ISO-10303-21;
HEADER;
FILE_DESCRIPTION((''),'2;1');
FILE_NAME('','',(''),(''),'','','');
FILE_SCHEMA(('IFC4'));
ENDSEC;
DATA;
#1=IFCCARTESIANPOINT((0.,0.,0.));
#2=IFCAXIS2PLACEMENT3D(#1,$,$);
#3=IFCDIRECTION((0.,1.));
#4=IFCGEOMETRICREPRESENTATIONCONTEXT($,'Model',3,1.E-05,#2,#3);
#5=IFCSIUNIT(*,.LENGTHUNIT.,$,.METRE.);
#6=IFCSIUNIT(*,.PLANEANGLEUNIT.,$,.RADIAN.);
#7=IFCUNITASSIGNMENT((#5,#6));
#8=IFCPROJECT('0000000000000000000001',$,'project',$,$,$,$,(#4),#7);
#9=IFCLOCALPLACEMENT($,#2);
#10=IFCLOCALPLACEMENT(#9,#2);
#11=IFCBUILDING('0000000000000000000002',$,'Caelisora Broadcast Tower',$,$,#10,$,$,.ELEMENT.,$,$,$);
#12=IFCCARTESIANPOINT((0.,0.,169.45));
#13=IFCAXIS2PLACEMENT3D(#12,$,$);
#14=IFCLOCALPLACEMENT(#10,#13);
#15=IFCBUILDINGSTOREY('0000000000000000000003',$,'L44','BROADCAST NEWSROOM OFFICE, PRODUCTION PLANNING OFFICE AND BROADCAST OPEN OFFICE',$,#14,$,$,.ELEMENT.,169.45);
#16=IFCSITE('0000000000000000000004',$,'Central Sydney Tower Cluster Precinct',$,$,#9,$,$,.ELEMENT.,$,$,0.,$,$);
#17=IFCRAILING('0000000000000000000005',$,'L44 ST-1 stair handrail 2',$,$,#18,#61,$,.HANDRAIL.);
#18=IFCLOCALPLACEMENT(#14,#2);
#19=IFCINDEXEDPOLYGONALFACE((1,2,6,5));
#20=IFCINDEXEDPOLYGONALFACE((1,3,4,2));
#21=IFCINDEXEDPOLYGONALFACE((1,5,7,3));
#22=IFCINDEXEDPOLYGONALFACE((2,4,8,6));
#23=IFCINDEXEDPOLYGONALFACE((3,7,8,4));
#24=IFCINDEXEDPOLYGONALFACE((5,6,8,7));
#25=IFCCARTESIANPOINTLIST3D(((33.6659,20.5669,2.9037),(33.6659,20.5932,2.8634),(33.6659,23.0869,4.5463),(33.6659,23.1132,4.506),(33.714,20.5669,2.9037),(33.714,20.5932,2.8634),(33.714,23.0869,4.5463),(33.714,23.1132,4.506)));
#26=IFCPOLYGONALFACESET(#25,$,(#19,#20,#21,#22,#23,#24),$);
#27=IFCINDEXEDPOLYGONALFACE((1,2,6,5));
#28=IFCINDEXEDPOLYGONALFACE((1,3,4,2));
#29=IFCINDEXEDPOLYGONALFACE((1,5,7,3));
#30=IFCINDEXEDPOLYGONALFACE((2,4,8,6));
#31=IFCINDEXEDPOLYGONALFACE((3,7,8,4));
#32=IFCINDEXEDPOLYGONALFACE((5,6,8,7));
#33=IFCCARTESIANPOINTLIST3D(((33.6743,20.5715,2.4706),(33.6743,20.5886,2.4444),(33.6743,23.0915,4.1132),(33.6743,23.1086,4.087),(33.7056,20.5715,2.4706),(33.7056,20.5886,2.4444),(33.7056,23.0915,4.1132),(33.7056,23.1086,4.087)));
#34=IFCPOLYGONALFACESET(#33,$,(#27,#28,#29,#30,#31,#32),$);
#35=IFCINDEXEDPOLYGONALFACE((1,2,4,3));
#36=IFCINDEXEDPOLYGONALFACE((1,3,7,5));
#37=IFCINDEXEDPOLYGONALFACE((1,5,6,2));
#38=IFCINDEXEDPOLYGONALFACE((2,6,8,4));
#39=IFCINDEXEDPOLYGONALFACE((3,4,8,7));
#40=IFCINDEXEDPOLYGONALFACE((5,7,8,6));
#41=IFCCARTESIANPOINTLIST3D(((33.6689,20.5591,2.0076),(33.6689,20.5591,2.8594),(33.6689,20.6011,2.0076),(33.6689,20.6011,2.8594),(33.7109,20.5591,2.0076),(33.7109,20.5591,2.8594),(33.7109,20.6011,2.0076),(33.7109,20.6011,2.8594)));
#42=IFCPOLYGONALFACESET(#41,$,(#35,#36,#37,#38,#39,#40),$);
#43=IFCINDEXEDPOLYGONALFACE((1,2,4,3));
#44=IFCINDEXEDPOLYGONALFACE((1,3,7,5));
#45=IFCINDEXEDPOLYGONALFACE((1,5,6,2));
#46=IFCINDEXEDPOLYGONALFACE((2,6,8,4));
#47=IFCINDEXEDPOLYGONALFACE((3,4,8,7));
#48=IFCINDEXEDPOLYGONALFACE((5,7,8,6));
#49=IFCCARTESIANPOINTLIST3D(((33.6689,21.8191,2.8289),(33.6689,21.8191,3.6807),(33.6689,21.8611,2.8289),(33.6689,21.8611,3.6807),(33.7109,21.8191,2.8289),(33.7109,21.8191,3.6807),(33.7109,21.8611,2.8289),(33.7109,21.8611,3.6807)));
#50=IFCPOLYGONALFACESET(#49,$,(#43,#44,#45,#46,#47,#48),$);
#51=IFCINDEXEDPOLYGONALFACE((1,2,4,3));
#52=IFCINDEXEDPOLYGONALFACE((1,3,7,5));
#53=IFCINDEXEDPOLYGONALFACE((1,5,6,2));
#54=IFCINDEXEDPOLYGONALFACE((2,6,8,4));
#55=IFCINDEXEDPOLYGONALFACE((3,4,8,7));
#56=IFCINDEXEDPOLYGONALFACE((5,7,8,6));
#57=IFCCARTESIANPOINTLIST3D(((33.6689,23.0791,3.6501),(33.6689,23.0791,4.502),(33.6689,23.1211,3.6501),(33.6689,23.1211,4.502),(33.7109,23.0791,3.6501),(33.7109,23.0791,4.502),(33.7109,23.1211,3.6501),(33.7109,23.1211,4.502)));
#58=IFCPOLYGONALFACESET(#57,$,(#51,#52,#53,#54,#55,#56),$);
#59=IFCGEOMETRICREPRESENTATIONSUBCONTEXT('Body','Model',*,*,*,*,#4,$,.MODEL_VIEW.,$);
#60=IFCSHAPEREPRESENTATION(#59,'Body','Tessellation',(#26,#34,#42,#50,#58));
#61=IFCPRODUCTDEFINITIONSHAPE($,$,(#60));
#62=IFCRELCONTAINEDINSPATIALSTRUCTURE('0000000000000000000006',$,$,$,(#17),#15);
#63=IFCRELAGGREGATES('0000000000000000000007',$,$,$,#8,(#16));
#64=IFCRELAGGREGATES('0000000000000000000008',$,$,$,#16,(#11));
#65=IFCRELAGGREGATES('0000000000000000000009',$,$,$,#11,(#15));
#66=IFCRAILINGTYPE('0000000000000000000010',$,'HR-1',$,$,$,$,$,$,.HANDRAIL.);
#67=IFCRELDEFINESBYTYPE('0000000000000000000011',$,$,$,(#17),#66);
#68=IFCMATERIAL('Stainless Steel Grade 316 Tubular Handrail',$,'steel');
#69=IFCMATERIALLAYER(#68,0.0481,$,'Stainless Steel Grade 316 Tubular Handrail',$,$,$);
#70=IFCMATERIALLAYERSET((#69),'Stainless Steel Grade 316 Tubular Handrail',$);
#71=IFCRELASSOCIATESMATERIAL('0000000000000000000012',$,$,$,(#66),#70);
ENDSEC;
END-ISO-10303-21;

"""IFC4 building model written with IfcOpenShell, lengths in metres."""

from ifc_helpers import new_model, si_unit, direction, frame, origin, origin_2d, place, context, subcontext, project, spatial, rectangle, extrude, material, layer, layer_set, type_object, element, save


model = new_model("IFC4")

# Units and contexts
model_context = context("Model", 3, precision=1e-05, world=origin(), true_north=direction((0.0, 1.0)))
body_context = subcontext(model_context, "Body", "Model", "MODEL_VIEW")
ifc_project = project(units=[si_unit("LENGTHUNIT", "METRE"), si_unit("PLANEANGLEUNIT", "RADIAN")], contexts=[model_context])

# Site, building, storey
site_placement = place(None, origin())
site = spatial("IfcSite", under=ifc_project, at=site_placement, Name="Central Sydney Tower Cluster Precinct", CompositionType="ELEMENT", RefElevation=0.0)
building_placement = place(site_placement, origin())
building = spatial("IfcBuilding", under=site, at=building_placement, Name="Caelisora Broadcast Tower", CompositionType="ELEMENT")
storey_placement = place(building_placement, frame((0.0, 0.0, 169.45)))
storey = spatial("IfcBuildingStorey", under=building, at=storey_placement, Name="L44", Description="BROADCAST NEWSROOM OFFICE, PRODUCTION PLANNING OFFICE AND BROADCAST OPEN OFFICE", CompositionType="ELEMENT", Elevation=169.45)

# Railing
ifc_material_1 = material(Name="Stainless Steel Grade 316 Tubular Handrail", Category="steel")
ifc_layer_1 = layer(ifc_material_1, 0.0481, Name="Stainless Steel Grade 316 Tubular Handrail")
ifc_layer_set_1 = layer_set([ifc_layer_1], Name="Stainless Steel Grade 316 Tubular Handrail")
railing_type_1 = type_object("IfcRailingType", Name="HR-1", PredefinedType="HANDRAIL", material=ifc_layer_set_1)
railing_1_placement = place(storey_placement, frame((33.6899, 20.5801, 2.0076)))
element("IfcRailing", 1, at=railing_1_placement, inside=storey, type_object=railing_type_1, Name="L44 ST-1 stair handrail 2", PredefinedType="HANDRAIL", context=body_context, shape_type="SweptSolid", body=[
    extrude(rectangle(XDim=0.0481, YDim=0.0481, at=origin_2d()), frame((0.0, 0.0, 0.876), z_axis=(0.0, 0.837749, 0.546055), x_axis=(-1.0, 0.0, 0.0)), (0.0, 0.0, 1.0), 3.0081),
    extrude(rectangle(XDim=0.0312, YDim=0.0312, at=origin_2d()), frame((0.0, 0.0, 0.45), z_axis=(0.0, 0.837749, 0.546055), x_axis=(-1.0, 0.0, 0.0)), (0.0, 0.0, 1.0), 3.0081),
    extrude(rectangle(XDim=0.042, YDim=0.042, at=origin_2d()), origin(), (0.0, 0.0, 1.0), 0.8518),
    extrude(rectangle(XDim=0.042, YDim=0.042, at=origin_2d()), frame((0.0, 1.26, 0.8213)), (0.0, 0.0, 1.0), 0.8518),
    extrude(rectangle(XDim=0.042, YDim=0.042, at=origin_2d()), frame((0.0, 2.52, 1.6426)), (0.0, 0.0, 1.0), 0.8518),
])

save(model, "model.ifc")
